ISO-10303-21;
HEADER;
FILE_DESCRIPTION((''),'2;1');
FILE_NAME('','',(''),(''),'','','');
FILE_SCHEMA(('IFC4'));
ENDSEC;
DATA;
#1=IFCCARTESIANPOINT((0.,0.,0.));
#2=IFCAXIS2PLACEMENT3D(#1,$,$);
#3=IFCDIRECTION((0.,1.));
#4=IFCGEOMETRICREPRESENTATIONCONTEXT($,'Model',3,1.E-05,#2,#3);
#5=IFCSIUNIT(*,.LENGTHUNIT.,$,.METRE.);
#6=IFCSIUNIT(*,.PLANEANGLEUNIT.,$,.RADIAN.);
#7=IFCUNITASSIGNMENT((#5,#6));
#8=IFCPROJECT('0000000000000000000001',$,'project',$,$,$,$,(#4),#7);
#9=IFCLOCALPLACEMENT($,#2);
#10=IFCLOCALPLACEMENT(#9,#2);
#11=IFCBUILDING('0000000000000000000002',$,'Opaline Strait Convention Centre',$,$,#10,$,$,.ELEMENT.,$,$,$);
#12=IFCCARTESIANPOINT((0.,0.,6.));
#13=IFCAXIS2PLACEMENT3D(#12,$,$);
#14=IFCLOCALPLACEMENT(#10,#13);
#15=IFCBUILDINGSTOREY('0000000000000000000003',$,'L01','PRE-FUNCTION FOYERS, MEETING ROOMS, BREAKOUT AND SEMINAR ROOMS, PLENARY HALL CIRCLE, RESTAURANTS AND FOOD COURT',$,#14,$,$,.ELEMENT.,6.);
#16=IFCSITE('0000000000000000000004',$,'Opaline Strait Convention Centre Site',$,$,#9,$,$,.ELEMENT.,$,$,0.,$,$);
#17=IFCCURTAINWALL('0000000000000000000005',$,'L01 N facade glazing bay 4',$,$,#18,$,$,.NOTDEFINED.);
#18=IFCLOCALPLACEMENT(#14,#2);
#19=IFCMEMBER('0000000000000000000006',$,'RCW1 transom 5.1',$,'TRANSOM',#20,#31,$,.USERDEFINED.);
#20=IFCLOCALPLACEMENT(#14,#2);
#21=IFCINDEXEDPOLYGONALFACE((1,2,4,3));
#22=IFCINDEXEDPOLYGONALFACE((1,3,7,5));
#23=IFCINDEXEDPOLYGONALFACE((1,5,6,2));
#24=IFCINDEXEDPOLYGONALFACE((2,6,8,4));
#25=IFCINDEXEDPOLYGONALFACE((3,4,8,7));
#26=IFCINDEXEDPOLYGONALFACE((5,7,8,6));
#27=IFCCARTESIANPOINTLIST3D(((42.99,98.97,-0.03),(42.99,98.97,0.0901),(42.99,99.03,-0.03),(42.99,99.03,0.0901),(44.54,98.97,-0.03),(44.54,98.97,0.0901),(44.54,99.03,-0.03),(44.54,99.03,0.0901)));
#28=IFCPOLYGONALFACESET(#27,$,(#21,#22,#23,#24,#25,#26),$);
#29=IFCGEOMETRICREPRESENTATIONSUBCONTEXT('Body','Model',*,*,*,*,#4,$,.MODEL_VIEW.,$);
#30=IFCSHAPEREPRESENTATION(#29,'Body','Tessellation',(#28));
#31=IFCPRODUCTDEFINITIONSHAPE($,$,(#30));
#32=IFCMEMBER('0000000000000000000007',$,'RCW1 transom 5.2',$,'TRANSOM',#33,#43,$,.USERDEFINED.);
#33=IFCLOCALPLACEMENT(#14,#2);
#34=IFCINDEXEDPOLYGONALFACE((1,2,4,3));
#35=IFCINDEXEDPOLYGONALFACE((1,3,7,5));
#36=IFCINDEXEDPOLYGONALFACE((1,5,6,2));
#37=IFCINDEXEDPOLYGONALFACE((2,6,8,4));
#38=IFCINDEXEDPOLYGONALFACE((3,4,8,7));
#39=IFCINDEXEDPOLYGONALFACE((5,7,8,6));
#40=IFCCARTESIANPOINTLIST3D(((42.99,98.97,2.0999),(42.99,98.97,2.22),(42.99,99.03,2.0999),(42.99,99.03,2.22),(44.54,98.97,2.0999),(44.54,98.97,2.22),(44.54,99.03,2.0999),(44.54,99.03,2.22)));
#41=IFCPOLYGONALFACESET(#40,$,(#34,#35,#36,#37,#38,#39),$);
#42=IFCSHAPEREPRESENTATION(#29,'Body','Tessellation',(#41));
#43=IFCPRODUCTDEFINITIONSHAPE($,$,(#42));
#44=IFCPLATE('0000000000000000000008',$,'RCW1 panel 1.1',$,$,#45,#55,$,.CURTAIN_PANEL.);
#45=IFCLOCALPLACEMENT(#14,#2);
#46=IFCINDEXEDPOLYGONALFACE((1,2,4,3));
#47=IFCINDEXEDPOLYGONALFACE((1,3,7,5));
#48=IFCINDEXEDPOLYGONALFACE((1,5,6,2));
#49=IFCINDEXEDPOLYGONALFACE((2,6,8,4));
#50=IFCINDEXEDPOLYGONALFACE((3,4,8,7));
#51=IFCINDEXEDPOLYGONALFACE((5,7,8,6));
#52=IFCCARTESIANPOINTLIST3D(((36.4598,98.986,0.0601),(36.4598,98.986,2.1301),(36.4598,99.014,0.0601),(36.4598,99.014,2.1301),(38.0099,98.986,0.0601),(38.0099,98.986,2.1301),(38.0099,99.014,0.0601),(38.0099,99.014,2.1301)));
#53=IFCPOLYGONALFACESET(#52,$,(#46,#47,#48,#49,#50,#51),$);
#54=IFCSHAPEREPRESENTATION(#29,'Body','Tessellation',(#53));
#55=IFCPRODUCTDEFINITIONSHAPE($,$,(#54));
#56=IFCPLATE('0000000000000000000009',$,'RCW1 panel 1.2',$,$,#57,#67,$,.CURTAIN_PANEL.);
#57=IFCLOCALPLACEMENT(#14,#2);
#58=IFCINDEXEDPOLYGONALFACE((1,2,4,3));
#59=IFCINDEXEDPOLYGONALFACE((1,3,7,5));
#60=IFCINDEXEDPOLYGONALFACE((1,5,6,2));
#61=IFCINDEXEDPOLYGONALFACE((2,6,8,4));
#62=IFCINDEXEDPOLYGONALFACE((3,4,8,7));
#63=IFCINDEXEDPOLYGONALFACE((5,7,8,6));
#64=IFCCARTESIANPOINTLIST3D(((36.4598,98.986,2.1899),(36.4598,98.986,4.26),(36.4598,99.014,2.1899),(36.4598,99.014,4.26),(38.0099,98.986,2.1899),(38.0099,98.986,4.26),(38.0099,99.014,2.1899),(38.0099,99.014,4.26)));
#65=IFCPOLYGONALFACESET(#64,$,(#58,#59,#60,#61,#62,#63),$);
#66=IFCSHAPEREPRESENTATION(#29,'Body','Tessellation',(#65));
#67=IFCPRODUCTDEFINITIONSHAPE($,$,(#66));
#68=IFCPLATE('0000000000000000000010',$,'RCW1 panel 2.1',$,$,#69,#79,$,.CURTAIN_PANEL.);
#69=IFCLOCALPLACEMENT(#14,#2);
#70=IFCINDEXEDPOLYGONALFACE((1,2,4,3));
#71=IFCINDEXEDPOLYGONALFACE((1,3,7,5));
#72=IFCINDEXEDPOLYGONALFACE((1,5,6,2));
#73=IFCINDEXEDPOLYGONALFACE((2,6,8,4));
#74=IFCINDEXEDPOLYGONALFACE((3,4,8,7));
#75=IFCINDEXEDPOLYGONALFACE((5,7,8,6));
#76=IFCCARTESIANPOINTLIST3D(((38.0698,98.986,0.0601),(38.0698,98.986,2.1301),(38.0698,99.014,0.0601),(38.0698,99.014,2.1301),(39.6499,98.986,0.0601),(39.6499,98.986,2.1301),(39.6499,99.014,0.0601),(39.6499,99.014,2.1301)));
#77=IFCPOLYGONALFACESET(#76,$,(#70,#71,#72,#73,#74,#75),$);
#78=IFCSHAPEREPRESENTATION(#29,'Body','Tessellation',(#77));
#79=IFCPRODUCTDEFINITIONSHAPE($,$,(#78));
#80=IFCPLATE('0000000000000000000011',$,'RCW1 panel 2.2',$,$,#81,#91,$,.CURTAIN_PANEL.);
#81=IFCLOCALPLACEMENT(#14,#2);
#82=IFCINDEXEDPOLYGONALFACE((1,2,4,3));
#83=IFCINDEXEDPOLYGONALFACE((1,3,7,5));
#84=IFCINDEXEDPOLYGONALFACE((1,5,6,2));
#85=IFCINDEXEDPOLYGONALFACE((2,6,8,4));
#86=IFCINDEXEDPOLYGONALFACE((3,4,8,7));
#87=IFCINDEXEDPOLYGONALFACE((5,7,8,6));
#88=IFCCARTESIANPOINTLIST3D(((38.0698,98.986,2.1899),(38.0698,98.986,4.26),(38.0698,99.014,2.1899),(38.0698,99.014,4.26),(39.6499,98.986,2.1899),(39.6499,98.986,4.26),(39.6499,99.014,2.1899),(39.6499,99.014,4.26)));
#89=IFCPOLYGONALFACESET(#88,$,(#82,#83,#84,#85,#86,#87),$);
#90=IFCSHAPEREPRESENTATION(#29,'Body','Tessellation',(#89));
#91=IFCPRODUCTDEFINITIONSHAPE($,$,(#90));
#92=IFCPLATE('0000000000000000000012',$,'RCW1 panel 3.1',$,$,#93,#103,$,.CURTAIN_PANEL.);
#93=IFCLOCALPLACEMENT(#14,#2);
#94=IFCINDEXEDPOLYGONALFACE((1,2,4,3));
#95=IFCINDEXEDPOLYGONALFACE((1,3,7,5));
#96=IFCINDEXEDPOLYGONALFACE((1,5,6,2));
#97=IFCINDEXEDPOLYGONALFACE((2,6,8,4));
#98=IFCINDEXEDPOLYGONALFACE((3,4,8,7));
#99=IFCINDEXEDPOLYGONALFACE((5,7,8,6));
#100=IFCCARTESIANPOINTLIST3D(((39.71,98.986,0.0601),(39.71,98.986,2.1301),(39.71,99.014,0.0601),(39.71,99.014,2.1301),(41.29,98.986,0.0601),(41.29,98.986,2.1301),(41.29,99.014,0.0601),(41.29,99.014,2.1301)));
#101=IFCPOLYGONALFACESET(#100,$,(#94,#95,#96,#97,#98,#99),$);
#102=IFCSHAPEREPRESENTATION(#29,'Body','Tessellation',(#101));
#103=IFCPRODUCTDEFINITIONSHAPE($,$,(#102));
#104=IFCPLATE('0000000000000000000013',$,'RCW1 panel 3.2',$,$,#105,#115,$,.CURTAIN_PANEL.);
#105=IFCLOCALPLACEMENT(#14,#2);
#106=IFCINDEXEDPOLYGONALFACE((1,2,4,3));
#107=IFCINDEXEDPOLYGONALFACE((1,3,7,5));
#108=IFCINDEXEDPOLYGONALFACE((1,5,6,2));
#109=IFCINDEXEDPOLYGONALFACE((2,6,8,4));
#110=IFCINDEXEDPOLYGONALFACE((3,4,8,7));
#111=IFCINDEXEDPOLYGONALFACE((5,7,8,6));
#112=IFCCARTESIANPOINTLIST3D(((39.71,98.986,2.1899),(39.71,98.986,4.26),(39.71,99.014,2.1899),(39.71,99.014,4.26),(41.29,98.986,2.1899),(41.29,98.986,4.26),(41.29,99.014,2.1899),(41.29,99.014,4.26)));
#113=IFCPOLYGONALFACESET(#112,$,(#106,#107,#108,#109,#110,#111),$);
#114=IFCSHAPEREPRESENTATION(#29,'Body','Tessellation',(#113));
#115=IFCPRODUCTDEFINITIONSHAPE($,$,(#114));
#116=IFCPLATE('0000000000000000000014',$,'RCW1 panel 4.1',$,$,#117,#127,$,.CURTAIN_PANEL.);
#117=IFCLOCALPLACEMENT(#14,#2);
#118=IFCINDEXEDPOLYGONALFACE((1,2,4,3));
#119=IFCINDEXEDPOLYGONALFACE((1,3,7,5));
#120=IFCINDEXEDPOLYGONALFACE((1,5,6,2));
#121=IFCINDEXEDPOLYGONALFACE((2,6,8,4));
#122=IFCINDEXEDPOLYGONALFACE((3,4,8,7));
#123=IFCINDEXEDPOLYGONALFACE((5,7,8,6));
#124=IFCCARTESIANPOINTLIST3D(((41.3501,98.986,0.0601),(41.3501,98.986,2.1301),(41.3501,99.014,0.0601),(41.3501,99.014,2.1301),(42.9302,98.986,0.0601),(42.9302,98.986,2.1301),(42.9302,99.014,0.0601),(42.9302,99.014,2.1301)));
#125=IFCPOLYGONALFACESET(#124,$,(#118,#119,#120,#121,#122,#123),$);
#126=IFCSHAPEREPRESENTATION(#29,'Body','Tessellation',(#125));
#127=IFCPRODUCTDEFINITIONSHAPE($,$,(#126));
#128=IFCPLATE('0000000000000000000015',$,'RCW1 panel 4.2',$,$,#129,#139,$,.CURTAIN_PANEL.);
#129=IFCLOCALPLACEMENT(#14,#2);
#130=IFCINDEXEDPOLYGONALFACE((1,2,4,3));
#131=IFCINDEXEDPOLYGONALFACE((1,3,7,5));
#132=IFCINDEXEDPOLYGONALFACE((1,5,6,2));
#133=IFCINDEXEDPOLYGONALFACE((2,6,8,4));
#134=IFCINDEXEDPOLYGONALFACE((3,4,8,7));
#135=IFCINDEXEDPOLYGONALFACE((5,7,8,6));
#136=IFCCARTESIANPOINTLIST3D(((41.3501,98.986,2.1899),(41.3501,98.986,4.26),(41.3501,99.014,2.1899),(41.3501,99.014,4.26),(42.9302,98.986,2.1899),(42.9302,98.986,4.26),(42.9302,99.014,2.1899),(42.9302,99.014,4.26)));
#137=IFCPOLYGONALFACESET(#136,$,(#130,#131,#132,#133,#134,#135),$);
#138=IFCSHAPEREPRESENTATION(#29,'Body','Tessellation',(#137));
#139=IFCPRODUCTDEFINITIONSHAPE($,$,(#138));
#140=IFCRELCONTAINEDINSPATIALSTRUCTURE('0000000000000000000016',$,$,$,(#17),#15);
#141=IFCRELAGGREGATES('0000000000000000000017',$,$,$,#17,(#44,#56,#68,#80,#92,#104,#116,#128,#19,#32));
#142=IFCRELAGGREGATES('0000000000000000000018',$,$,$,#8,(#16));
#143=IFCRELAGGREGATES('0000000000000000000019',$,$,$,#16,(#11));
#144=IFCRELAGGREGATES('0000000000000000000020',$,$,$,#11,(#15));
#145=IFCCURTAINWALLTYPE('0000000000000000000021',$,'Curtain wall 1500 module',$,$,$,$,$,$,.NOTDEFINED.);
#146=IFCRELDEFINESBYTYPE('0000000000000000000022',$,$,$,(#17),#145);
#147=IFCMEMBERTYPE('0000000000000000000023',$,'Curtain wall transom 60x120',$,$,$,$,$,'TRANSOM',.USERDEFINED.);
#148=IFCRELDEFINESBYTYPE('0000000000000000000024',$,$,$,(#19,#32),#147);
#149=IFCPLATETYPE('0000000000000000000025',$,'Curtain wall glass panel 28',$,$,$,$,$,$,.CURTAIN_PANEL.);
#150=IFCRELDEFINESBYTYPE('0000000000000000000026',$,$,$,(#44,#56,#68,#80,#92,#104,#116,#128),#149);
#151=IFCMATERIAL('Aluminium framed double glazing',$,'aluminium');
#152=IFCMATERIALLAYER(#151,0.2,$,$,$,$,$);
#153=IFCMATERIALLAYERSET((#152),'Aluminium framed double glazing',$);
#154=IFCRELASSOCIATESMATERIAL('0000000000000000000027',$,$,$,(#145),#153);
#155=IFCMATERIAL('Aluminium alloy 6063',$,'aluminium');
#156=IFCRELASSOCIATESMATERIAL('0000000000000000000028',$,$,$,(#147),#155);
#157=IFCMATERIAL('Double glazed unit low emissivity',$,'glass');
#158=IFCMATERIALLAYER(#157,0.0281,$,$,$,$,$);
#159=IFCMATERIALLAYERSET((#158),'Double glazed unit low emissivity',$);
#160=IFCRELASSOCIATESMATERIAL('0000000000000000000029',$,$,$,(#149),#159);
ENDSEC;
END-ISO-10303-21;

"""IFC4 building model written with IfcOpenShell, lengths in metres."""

from ifc_helpers import new_model, si_unit, direction, frame, origin, origin_2d, place, context, subcontext, project, spatial, rectangle, extrude, material, layer, layer_set, material_profile, profile_set, type_object, element, aggregate, save


model = new_model("IFC4")

# Units and contexts
model_context = context("Model", 3, precision=1e-05, world=origin(), true_north=direction((0.0, 1.0)))
body_context = subcontext(model_context, "Body", "Model", "MODEL_VIEW")
ifc_project = project(units=[si_unit("LENGTHUNIT", "METRE"), si_unit("PLANEANGLEUNIT", "RADIAN")], contexts=[model_context])

# Site, building, storey
site_placement = place(None, origin())
site = spatial("IfcSite", under=ifc_project, at=site_placement, Name="Opaline Strait Convention Centre Site", CompositionType="ELEMENT", RefElevation=0.0)
building_placement = place(site_placement, origin())
building = spatial("IfcBuilding", under=site, at=building_placement, Name="Opaline Strait Convention Centre", CompositionType="ELEMENT")
storey_placement = place(building_placement, frame((0.0, 0.0, 6.0)))
storey = spatial("IfcBuildingStorey", under=building, at=storey_placement, Name="L01", Description="PRE-FUNCTION FOYERS, MEETING ROOMS, BREAKOUT AND SEMINAR ROOMS, PLENARY HALL CIRCLE, RESTAURANTS AND FOOD COURT", CompositionType="ELEMENT", Elevation=6.0)

# Curtain wall, members, plates
ifc_material_1 = material(Name="Aluminium framed double glazing", Category="aluminium")
ifc_layer_1 = layer(ifc_material_1, 0.2)
ifc_layer_set_1 = layer_set([ifc_layer_1], Name="Aluminium framed double glazing")
curtain_wall_type = type_object("IfcCurtainWallType", Name="Curtain wall 1500 module", PredefinedType="NOTDEFINED", material=ifc_layer_set_1)
curtain_wall_placement = place(storey_placement, origin())
curtain_wall = element("IfcCurtainWall", 1, at=curtain_wall_placement, inside=storey, type_object=curtain_wall_type, Name="L01 N facade glazing bay 4", PredefinedType="NOTDEFINED")
ifc_material_2 = material(Name="Aluminium alloy 6063", Category="aluminium")
ifc_material_profile_1 = material_profile(ifc_material_2, rectangle(XDim=0.0601, YDim=0.1201, at=origin_2d()), Name="Curtain wall transom 60x120")
ifc_profile_set_1 = profile_set([ifc_material_profile_1], Name="Aluminium alloy 6063")
member_type_1 = type_object("IfcMemberType", Name="Curtain wall transom 60x120", ElementType="TRANSOM", PredefinedType="USERDEFINED", material=ifc_profile_set_1)
member_1_placement = place(storey_placement, frame((42.99, 99.0, 0.03), z_axis=(1.0, 0.0, 0.0), x_axis=(0.0, 1.0, 0.0)))
member_1 = element("IfcMember", 2, at=member_1_placement, type_object=member_type_1, Name="RCW1 transom 5.1", ObjectType="TRANSOM", PredefinedType="USERDEFINED", context=body_context, shape_type="SweptSolid", body=[
    extrude(rectangle(XDim=0.0601, YDim=0.1201, at=origin_2d()), origin(), (0.0, 0.0, 1.0), 1.55),
])
member_2_placement = place(storey_placement, frame((42.99, 99.0, 2.1599), z_axis=(1.0, 0.0, 0.0), x_axis=(0.0, 1.0, 0.0)))
member_2 = element("IfcMember", 3, at=member_2_placement, type_object=member_type_1, Name="RCW1 transom 5.2", ObjectType="TRANSOM", PredefinedType="USERDEFINED", context=body_context, shape_type="SweptSolid", body=[
    extrude(rectangle(XDim=0.0601, YDim=0.1201, at=origin_2d()), origin(), (0.0, 0.0, 1.0), 1.55),
])
ifc_material_3 = material(Name="Double glazed unit low emissivity", Category="glass")
ifc_layer_2 = layer(ifc_material_3, 0.0281)
ifc_layer_set_2 = layer_set([ifc_layer_2], Name="Double glazed unit low emissivity")
plate_type = type_object("IfcPlateType", Name="Curtain wall glass panel 28", PredefinedType="CURTAIN_PANEL", material=ifc_layer_set_2)
plate_1_placement = place(storey_placement, frame((37.2349, 99.0, 0.0601), z_axis=(0.0, 0.0, 1.0), x_axis=(1.0, 0.0, 0.0)))
plate_1 = element("IfcPlate", 4, at=plate_1_placement, type_object=plate_type, Name="RCW1 panel 1.1", PredefinedType="CURTAIN_PANEL", context=body_context, shape_type="SweptSolid", body=[
    extrude(rectangle(XDim=1.55, YDim=0.0281, at=origin_2d()), origin(), (0.0, 0.0, 1.0), 2.0701),
])
plate_2_placement = place(storey_placement, frame((37.2349, 99.0, 2.1899), z_axis=(0.0, 0.0, 1.0), x_axis=(1.0, 0.0, 0.0)))
plate_2 = element("IfcPlate", 5, at=plate_2_placement, type_object=plate_type, Name="RCW1 panel 1.2", PredefinedType="CURTAIN_PANEL", context=body_context, shape_type="SweptSolid", body=[
    extrude(rectangle(XDim=1.55, YDim=0.0281, at=origin_2d()), origin(), (0.0, 0.0, 1.0), 2.0701),
])
plate_3_placement = place(storey_placement, frame((38.8599, 99.0, 0.0601), z_axis=(0.0, 0.0, 1.0), x_axis=(1.0, 0.0, 0.0)))
plate_3 = element("IfcPlate", 6, at=plate_3_placement, type_object=plate_type, Name="RCW1 panel 2.1", PredefinedType="CURTAIN_PANEL", context=body_context, shape_type="SweptSolid", body=[
    extrude(rectangle(XDim=1.5801, YDim=0.0281, at=origin_2d()), origin(), (0.0, 0.0, 1.0), 2.0701),
])
plate_4_placement = place(storey_placement, frame((38.8599, 99.0, 2.1899), z_axis=(0.0, 0.0, 1.0), x_axis=(1.0, 0.0, 0.0)))
plate_4 = element("IfcPlate", 7, at=plate_4_placement, type_object=plate_type, Name="RCW1 panel 2.2", PredefinedType="CURTAIN_PANEL", context=body_context, shape_type="SweptSolid", body=[
    extrude(rectangle(XDim=1.5801, YDim=0.0281, at=origin_2d()), origin(), (0.0, 0.0, 1.0), 2.0701),
])
plate_5_placement = place(storey_placement, frame((40.5, 99.0, 0.0601), z_axis=(0.0, 0.0, 1.0), x_axis=(1.0, 0.0, 0.0)))
plate_5 = element("IfcPlate", 8, at=plate_5_placement, type_object=plate_type, Name="RCW1 panel 3.1", PredefinedType="CURTAIN_PANEL", context=body_context, shape_type="SweptSolid", body=[
    extrude(rectangle(XDim=1.5801, YDim=0.0281, at=origin_2d()), origin(), (0.0, 0.0, 1.0), 2.0701),
])
plate_6_placement = place(storey_placement, frame((40.5, 99.0, 2.1899), z_axis=(0.0, 0.0, 1.0), x_axis=(1.0, 0.0, 0.0)))
plate_6 = element("IfcPlate", 9, at=plate_6_placement, type_object=plate_type, Name="RCW1 panel 3.2", PredefinedType="CURTAIN_PANEL", context=body_context, shape_type="SweptSolid", body=[
    extrude(rectangle(XDim=1.5801, YDim=0.0281, at=origin_2d()), origin(), (0.0, 0.0, 1.0), 2.0701),
])
plate_7_placement = place(storey_placement, frame((42.1401, 99.0, 0.0601), z_axis=(0.0, 0.0, 1.0), x_axis=(1.0, 0.0, 0.0)))
plate_7 = element("IfcPlate", 10, at=plate_7_placement, type_object=plate_type, Name="RCW1 panel 4.1", PredefinedType="CURTAIN_PANEL", context=body_context, shape_type="SweptSolid", body=[
    extrude(rectangle(XDim=1.5801, YDim=0.0281, at=origin_2d()), origin(), (0.0, 0.0, 1.0), 2.0701),
])
plate_8_placement = place(storey_placement, frame((42.1401, 99.0, 2.1899), z_axis=(0.0, 0.0, 1.0), x_axis=(1.0, 0.0, 0.0)))
plate_8 = element("IfcPlate", 11, at=plate_8_placement, type_object=plate_type, Name="RCW1 panel 4.2", PredefinedType="CURTAIN_PANEL", context=body_context, shape_type="SweptSolid", body=[
    extrude(rectangle(XDim=1.5801, YDim=0.0281, at=origin_2d()), origin(), (0.0, 0.0, 1.0), 2.0701),
])
aggregate(curtain_wall, [plate_1, plate_2, plate_3, plate_4, plate_5, plate_6, plate_7, plate_8, member_1, member_2])

save(model, "model.ifc")
